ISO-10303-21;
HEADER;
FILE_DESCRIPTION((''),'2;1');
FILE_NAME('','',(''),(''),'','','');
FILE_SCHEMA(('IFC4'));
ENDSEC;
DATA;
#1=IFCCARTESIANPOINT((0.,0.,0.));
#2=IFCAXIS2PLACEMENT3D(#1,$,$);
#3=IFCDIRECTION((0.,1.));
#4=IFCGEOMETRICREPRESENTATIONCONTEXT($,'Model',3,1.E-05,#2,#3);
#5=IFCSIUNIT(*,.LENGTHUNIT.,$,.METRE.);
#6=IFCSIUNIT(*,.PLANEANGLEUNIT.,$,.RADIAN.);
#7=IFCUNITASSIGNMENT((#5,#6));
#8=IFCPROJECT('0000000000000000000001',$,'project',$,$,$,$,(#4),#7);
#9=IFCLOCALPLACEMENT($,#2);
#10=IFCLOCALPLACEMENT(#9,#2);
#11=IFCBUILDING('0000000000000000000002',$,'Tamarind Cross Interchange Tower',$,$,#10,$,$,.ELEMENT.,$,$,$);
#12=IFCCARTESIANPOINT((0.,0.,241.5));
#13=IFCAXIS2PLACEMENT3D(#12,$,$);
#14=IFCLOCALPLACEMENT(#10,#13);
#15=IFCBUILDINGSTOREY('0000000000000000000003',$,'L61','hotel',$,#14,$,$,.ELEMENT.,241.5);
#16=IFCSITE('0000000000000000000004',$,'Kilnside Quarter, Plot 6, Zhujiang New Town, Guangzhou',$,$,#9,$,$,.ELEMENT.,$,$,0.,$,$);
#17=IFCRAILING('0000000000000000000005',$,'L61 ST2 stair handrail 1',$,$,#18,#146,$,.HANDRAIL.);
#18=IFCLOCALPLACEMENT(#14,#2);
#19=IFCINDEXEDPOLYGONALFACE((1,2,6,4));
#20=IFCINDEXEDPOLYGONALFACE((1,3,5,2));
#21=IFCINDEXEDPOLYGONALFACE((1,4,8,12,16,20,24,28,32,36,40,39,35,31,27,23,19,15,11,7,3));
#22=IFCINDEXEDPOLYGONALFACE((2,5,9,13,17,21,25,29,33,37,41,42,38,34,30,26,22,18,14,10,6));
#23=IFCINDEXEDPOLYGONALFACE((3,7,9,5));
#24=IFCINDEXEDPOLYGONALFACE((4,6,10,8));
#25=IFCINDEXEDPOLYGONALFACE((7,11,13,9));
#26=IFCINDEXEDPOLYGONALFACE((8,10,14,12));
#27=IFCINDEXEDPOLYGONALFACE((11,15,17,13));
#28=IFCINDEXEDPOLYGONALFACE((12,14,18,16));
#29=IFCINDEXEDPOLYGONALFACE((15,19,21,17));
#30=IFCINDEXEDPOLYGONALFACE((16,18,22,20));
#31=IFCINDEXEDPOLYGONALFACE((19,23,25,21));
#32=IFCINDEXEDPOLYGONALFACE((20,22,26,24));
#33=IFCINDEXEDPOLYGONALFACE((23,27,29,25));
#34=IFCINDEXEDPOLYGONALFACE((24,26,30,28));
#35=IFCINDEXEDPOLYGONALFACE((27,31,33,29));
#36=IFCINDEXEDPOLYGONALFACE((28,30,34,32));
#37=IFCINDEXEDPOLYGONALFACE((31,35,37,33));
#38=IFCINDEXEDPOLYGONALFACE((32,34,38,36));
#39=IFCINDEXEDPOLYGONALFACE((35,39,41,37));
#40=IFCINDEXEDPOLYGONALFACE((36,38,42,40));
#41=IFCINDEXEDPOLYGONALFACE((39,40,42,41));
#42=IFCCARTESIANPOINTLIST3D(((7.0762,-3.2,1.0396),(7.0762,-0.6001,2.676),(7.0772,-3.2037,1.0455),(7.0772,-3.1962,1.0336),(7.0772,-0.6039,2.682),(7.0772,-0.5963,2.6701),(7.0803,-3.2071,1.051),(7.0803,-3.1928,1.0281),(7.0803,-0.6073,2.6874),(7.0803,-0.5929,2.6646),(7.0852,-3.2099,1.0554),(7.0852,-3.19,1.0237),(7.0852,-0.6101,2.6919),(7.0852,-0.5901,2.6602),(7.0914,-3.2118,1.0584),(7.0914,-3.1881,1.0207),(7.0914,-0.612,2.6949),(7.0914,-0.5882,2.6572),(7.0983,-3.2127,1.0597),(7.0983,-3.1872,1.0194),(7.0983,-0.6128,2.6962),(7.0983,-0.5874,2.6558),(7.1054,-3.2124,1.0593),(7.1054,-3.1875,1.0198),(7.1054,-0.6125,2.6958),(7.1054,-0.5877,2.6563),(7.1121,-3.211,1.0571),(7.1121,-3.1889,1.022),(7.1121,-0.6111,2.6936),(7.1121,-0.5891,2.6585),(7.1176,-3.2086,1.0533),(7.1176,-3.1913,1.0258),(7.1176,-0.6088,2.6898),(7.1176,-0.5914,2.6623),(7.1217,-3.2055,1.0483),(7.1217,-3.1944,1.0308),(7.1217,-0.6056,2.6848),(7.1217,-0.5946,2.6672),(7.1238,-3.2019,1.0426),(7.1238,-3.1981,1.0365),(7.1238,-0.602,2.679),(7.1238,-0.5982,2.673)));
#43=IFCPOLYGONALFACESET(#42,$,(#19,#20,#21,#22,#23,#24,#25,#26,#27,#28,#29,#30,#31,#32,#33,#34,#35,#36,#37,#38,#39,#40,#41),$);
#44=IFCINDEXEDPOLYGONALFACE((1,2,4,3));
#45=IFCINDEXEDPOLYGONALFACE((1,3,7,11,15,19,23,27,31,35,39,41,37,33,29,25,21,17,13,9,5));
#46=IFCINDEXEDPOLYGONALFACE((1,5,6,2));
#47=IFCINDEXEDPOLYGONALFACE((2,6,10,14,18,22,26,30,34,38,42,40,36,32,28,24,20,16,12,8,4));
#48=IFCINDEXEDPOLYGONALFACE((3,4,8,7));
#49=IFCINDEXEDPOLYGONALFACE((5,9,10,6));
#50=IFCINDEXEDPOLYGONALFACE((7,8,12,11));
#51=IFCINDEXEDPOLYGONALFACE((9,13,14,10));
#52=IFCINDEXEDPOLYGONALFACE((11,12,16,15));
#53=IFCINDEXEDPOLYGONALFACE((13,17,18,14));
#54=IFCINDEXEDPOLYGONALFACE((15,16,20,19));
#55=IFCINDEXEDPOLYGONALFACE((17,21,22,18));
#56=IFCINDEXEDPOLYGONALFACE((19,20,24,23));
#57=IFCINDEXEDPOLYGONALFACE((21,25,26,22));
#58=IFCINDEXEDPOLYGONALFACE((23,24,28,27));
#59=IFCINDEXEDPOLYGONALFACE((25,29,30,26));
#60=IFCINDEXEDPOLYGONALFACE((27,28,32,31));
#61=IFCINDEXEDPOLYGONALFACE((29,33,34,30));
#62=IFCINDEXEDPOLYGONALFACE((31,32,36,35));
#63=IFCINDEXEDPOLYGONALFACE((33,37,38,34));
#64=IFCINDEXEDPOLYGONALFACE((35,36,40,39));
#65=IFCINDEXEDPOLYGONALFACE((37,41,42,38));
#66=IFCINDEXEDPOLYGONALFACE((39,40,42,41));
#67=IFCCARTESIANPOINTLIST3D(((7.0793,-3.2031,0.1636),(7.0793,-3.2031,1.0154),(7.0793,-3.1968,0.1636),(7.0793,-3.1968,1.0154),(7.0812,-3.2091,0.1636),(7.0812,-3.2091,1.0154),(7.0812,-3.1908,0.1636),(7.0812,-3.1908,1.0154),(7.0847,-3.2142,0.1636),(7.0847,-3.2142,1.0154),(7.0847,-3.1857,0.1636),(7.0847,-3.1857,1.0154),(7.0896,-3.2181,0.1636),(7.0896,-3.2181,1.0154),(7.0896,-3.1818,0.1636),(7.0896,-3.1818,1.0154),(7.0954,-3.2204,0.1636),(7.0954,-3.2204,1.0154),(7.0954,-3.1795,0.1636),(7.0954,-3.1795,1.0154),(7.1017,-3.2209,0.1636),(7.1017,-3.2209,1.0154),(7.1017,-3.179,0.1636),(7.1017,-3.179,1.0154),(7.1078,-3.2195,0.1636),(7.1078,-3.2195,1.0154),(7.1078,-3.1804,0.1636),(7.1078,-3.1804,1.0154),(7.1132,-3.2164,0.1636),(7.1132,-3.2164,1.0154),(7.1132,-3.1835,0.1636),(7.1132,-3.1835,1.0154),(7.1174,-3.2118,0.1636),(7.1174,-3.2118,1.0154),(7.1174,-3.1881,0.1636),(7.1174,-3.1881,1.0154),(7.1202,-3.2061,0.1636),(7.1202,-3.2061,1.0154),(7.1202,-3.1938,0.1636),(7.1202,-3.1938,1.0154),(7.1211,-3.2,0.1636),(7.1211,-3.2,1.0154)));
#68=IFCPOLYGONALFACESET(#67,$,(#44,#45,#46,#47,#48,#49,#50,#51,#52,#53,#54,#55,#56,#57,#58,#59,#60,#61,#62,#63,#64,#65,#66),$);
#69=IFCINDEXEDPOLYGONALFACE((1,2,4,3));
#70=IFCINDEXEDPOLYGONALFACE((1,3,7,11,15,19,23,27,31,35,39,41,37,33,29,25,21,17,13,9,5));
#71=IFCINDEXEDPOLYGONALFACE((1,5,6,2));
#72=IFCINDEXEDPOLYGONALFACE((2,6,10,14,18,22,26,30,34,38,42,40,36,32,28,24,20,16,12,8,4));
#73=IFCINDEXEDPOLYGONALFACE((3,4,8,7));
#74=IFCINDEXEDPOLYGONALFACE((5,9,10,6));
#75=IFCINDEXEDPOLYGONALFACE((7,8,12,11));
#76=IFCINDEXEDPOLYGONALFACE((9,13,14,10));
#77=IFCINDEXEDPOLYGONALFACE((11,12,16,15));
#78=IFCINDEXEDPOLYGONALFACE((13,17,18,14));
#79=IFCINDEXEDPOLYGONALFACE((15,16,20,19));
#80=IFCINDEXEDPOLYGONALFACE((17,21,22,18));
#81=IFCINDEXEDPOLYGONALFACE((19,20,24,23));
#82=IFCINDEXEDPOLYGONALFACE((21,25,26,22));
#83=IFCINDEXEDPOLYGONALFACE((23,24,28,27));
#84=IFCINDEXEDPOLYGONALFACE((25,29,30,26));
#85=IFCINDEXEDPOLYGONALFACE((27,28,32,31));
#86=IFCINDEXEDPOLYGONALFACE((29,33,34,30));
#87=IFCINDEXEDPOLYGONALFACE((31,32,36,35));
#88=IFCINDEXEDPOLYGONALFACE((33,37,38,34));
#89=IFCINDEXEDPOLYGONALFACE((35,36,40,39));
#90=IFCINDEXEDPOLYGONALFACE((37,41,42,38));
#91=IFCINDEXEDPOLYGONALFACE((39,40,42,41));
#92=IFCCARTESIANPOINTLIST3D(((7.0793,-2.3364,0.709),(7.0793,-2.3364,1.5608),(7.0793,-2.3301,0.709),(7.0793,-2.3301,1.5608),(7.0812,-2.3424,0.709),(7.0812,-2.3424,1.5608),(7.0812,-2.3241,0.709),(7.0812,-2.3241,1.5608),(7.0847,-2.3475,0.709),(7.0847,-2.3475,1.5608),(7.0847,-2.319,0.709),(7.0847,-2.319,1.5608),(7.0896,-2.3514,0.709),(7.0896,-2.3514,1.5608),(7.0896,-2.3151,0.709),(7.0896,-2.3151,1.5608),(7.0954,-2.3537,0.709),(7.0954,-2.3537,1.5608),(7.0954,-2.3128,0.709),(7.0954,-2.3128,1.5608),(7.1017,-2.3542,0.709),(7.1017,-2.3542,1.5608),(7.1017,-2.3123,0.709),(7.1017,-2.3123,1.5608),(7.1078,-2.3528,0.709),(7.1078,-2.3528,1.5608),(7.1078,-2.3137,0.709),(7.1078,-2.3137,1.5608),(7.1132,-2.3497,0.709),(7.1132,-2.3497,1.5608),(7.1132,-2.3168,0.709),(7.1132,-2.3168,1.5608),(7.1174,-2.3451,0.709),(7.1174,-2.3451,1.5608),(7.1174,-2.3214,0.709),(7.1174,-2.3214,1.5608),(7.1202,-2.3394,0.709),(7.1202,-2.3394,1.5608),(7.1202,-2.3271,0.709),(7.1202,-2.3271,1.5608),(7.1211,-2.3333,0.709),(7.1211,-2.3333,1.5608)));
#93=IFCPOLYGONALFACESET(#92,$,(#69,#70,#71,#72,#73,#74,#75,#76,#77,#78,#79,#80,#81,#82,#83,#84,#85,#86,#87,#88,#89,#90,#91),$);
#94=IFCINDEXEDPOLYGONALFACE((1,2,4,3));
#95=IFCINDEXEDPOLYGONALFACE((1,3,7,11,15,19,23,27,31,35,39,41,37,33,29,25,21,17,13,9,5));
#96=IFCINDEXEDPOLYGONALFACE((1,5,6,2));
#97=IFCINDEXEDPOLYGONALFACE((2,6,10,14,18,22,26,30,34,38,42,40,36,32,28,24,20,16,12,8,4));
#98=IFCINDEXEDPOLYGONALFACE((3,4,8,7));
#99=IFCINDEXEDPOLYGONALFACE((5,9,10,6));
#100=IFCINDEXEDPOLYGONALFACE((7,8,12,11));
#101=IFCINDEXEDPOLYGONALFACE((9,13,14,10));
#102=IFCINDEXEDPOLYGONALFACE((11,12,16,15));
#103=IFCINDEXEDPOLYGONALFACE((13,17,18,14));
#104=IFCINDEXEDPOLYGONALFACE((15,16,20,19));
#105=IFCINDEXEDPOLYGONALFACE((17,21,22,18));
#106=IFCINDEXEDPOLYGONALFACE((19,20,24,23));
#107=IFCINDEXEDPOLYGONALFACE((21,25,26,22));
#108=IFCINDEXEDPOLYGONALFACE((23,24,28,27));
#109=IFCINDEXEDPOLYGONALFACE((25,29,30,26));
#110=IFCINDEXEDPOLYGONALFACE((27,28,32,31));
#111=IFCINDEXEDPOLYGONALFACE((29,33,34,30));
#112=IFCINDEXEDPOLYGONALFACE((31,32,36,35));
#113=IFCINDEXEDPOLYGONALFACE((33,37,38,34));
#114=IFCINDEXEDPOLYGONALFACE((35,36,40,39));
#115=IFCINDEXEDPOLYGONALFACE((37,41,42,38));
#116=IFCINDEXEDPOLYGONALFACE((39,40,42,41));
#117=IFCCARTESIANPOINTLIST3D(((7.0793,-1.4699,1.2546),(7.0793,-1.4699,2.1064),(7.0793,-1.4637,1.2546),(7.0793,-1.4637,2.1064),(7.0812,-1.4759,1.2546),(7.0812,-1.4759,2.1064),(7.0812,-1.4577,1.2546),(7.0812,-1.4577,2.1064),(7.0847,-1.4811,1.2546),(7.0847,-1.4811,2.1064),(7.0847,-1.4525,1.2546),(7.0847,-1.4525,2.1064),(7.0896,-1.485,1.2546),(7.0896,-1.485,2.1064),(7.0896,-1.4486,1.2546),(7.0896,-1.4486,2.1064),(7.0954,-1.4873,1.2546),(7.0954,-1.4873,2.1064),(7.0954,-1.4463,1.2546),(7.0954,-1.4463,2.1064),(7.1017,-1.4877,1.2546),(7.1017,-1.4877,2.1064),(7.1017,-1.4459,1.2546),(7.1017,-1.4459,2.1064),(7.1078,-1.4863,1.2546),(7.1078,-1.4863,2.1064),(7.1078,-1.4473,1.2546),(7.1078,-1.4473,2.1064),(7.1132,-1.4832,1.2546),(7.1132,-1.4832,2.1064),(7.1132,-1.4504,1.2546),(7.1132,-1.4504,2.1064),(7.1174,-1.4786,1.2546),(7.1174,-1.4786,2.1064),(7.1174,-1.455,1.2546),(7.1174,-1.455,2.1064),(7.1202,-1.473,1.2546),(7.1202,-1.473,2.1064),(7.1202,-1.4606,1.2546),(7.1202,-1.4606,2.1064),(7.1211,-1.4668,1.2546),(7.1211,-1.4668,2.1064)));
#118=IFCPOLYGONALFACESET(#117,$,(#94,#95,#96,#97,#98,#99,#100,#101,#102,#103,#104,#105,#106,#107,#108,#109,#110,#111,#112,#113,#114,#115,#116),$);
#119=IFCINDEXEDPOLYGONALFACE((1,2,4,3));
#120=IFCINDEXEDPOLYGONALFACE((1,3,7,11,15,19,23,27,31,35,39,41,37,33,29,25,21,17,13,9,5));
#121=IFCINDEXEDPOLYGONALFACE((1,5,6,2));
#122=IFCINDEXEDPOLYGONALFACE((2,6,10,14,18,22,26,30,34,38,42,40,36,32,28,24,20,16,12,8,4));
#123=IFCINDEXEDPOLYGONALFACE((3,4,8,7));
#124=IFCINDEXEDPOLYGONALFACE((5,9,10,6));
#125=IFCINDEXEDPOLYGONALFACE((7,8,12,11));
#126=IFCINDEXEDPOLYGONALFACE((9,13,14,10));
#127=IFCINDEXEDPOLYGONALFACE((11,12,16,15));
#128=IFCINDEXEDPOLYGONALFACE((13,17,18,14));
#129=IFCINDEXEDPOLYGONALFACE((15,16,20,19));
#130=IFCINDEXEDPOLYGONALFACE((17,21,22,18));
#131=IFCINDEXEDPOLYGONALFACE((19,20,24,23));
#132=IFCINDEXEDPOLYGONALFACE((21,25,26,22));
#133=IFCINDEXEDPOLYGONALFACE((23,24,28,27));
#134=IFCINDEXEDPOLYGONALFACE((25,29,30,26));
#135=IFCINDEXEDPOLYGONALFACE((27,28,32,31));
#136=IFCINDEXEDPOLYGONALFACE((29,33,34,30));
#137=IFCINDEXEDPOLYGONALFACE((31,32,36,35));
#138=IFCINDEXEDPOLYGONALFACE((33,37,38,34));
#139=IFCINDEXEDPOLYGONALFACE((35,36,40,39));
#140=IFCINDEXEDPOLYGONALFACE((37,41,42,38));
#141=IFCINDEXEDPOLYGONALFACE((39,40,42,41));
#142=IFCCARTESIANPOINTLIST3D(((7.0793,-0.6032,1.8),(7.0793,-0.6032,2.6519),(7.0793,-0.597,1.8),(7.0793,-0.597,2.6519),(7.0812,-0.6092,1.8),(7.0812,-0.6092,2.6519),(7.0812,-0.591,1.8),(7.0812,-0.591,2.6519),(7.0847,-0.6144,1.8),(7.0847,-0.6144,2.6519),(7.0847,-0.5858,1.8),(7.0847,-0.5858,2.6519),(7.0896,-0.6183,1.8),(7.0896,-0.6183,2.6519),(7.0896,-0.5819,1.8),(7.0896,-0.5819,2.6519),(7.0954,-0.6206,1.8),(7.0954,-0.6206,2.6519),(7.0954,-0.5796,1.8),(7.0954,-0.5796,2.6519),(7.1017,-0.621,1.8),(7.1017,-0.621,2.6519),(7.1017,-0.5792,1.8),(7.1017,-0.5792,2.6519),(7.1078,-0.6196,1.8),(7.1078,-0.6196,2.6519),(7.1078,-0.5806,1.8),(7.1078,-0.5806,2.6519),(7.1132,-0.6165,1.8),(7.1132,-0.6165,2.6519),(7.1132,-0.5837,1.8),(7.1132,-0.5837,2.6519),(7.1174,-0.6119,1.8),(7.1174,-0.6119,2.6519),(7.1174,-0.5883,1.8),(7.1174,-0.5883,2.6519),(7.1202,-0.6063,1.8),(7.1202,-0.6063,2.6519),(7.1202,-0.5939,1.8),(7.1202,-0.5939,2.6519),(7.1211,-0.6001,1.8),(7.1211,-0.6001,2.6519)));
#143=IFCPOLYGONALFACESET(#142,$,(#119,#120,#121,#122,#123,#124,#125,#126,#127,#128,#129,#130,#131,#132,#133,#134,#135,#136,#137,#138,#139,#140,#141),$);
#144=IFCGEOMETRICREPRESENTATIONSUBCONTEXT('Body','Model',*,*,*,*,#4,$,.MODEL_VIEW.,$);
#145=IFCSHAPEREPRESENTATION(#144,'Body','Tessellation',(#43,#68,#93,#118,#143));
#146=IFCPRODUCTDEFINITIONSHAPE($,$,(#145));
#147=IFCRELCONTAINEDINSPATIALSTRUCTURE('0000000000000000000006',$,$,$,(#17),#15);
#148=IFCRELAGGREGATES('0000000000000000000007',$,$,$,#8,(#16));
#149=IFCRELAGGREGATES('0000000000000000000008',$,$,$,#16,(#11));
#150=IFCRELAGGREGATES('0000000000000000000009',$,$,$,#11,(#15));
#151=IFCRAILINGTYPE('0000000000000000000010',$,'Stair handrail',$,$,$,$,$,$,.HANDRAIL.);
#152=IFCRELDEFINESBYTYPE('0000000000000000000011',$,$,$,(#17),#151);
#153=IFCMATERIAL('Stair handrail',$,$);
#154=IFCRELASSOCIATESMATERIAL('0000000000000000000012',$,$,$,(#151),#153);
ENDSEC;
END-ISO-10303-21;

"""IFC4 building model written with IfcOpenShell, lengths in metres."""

from ifc_helpers import new_model, si_unit, direction, frame, origin, origin_2d, place, context, subcontext, project, spatial, circle, extrude, material, type_object, element, save


model = new_model("IFC4")

# Units and contexts
model_context = context("Model", 3, precision=1e-05, world=origin(), true_north=direction((0.0, 1.0)))
body_context = subcontext(model_context, "Body", "Model", "MODEL_VIEW")
ifc_project = project(units=[si_unit("LENGTHUNIT", "METRE"), si_unit("PLANEANGLEUNIT", "RADIAN")], contexts=[model_context])

# Site, building, storey
site_placement = place(None, origin())
site = spatial("IfcSite", under=ifc_project, at=site_placement, Name="Kilnside Quarter, Plot 6, Zhujiang New Town, Guangzhou", CompositionType="ELEMENT", RefElevation=0.0)
building_placement = place(site_placement, origin())
building = spatial("IfcBuilding", under=site, at=building_placement, Name="Tamarind Cross Interchange Tower", CompositionType="ELEMENT")
storey_placement = place(building_placement, frame((0.0, 0.0, 241.5)))
storey = spatial("IfcBuildingStorey", under=building, at=storey_placement, Name="L61", Description="hotel", CompositionType="ELEMENT", Elevation=241.5)

# Railing
ifc_material_1 = material(Name="Stair handrail")
railing_type_1 = type_object("IfcRailingType", Name="Stair handrail", PredefinedType="HANDRAIL", material=ifc_material_1)
railing_1_placement = place(storey_placement, frame((7.1001, -3.2, 0.1636)))
element("IfcRailing", 1, at=railing_1_placement, inside=storey, type_object=railing_type_1, Name="L61 ST2 stair handrail 1", PredefinedType="HANDRAIL", context=body_context, shape_type="SweptSolid", body=[
    extrude(circle(Radius=0.0239, at=origin_2d()), frame((0.0, 0.0, 0.876), z_axis=(0.0, 0.846302, 0.532704), x_axis=(-1.0, 0.0, 0.0)), (0.0, 0.0, 1.0), 3.072),
    extrude(circle(Radius=0.021, at=origin_2d()), origin(), (0.0, 0.0, 1.0), 0.8518),
    extrude(circle(Radius=0.021, at=origin_2d()), frame((0.0, 0.8667, 0.5454)), (0.0, 0.0, 1.0), 0.8518),
    extrude(circle(Radius=0.021, at=origin_2d()), frame((0.0, 1.7332, 1.0911)), (0.0, 0.0, 1.0), 0.8518),
    extrude(circle(Radius=0.021, at=origin_2d()), frame((0.0, 2.5999, 1.6365)), (0.0, 0.0, 1.0), 0.8518),
])

save(model, "model.ifc")
